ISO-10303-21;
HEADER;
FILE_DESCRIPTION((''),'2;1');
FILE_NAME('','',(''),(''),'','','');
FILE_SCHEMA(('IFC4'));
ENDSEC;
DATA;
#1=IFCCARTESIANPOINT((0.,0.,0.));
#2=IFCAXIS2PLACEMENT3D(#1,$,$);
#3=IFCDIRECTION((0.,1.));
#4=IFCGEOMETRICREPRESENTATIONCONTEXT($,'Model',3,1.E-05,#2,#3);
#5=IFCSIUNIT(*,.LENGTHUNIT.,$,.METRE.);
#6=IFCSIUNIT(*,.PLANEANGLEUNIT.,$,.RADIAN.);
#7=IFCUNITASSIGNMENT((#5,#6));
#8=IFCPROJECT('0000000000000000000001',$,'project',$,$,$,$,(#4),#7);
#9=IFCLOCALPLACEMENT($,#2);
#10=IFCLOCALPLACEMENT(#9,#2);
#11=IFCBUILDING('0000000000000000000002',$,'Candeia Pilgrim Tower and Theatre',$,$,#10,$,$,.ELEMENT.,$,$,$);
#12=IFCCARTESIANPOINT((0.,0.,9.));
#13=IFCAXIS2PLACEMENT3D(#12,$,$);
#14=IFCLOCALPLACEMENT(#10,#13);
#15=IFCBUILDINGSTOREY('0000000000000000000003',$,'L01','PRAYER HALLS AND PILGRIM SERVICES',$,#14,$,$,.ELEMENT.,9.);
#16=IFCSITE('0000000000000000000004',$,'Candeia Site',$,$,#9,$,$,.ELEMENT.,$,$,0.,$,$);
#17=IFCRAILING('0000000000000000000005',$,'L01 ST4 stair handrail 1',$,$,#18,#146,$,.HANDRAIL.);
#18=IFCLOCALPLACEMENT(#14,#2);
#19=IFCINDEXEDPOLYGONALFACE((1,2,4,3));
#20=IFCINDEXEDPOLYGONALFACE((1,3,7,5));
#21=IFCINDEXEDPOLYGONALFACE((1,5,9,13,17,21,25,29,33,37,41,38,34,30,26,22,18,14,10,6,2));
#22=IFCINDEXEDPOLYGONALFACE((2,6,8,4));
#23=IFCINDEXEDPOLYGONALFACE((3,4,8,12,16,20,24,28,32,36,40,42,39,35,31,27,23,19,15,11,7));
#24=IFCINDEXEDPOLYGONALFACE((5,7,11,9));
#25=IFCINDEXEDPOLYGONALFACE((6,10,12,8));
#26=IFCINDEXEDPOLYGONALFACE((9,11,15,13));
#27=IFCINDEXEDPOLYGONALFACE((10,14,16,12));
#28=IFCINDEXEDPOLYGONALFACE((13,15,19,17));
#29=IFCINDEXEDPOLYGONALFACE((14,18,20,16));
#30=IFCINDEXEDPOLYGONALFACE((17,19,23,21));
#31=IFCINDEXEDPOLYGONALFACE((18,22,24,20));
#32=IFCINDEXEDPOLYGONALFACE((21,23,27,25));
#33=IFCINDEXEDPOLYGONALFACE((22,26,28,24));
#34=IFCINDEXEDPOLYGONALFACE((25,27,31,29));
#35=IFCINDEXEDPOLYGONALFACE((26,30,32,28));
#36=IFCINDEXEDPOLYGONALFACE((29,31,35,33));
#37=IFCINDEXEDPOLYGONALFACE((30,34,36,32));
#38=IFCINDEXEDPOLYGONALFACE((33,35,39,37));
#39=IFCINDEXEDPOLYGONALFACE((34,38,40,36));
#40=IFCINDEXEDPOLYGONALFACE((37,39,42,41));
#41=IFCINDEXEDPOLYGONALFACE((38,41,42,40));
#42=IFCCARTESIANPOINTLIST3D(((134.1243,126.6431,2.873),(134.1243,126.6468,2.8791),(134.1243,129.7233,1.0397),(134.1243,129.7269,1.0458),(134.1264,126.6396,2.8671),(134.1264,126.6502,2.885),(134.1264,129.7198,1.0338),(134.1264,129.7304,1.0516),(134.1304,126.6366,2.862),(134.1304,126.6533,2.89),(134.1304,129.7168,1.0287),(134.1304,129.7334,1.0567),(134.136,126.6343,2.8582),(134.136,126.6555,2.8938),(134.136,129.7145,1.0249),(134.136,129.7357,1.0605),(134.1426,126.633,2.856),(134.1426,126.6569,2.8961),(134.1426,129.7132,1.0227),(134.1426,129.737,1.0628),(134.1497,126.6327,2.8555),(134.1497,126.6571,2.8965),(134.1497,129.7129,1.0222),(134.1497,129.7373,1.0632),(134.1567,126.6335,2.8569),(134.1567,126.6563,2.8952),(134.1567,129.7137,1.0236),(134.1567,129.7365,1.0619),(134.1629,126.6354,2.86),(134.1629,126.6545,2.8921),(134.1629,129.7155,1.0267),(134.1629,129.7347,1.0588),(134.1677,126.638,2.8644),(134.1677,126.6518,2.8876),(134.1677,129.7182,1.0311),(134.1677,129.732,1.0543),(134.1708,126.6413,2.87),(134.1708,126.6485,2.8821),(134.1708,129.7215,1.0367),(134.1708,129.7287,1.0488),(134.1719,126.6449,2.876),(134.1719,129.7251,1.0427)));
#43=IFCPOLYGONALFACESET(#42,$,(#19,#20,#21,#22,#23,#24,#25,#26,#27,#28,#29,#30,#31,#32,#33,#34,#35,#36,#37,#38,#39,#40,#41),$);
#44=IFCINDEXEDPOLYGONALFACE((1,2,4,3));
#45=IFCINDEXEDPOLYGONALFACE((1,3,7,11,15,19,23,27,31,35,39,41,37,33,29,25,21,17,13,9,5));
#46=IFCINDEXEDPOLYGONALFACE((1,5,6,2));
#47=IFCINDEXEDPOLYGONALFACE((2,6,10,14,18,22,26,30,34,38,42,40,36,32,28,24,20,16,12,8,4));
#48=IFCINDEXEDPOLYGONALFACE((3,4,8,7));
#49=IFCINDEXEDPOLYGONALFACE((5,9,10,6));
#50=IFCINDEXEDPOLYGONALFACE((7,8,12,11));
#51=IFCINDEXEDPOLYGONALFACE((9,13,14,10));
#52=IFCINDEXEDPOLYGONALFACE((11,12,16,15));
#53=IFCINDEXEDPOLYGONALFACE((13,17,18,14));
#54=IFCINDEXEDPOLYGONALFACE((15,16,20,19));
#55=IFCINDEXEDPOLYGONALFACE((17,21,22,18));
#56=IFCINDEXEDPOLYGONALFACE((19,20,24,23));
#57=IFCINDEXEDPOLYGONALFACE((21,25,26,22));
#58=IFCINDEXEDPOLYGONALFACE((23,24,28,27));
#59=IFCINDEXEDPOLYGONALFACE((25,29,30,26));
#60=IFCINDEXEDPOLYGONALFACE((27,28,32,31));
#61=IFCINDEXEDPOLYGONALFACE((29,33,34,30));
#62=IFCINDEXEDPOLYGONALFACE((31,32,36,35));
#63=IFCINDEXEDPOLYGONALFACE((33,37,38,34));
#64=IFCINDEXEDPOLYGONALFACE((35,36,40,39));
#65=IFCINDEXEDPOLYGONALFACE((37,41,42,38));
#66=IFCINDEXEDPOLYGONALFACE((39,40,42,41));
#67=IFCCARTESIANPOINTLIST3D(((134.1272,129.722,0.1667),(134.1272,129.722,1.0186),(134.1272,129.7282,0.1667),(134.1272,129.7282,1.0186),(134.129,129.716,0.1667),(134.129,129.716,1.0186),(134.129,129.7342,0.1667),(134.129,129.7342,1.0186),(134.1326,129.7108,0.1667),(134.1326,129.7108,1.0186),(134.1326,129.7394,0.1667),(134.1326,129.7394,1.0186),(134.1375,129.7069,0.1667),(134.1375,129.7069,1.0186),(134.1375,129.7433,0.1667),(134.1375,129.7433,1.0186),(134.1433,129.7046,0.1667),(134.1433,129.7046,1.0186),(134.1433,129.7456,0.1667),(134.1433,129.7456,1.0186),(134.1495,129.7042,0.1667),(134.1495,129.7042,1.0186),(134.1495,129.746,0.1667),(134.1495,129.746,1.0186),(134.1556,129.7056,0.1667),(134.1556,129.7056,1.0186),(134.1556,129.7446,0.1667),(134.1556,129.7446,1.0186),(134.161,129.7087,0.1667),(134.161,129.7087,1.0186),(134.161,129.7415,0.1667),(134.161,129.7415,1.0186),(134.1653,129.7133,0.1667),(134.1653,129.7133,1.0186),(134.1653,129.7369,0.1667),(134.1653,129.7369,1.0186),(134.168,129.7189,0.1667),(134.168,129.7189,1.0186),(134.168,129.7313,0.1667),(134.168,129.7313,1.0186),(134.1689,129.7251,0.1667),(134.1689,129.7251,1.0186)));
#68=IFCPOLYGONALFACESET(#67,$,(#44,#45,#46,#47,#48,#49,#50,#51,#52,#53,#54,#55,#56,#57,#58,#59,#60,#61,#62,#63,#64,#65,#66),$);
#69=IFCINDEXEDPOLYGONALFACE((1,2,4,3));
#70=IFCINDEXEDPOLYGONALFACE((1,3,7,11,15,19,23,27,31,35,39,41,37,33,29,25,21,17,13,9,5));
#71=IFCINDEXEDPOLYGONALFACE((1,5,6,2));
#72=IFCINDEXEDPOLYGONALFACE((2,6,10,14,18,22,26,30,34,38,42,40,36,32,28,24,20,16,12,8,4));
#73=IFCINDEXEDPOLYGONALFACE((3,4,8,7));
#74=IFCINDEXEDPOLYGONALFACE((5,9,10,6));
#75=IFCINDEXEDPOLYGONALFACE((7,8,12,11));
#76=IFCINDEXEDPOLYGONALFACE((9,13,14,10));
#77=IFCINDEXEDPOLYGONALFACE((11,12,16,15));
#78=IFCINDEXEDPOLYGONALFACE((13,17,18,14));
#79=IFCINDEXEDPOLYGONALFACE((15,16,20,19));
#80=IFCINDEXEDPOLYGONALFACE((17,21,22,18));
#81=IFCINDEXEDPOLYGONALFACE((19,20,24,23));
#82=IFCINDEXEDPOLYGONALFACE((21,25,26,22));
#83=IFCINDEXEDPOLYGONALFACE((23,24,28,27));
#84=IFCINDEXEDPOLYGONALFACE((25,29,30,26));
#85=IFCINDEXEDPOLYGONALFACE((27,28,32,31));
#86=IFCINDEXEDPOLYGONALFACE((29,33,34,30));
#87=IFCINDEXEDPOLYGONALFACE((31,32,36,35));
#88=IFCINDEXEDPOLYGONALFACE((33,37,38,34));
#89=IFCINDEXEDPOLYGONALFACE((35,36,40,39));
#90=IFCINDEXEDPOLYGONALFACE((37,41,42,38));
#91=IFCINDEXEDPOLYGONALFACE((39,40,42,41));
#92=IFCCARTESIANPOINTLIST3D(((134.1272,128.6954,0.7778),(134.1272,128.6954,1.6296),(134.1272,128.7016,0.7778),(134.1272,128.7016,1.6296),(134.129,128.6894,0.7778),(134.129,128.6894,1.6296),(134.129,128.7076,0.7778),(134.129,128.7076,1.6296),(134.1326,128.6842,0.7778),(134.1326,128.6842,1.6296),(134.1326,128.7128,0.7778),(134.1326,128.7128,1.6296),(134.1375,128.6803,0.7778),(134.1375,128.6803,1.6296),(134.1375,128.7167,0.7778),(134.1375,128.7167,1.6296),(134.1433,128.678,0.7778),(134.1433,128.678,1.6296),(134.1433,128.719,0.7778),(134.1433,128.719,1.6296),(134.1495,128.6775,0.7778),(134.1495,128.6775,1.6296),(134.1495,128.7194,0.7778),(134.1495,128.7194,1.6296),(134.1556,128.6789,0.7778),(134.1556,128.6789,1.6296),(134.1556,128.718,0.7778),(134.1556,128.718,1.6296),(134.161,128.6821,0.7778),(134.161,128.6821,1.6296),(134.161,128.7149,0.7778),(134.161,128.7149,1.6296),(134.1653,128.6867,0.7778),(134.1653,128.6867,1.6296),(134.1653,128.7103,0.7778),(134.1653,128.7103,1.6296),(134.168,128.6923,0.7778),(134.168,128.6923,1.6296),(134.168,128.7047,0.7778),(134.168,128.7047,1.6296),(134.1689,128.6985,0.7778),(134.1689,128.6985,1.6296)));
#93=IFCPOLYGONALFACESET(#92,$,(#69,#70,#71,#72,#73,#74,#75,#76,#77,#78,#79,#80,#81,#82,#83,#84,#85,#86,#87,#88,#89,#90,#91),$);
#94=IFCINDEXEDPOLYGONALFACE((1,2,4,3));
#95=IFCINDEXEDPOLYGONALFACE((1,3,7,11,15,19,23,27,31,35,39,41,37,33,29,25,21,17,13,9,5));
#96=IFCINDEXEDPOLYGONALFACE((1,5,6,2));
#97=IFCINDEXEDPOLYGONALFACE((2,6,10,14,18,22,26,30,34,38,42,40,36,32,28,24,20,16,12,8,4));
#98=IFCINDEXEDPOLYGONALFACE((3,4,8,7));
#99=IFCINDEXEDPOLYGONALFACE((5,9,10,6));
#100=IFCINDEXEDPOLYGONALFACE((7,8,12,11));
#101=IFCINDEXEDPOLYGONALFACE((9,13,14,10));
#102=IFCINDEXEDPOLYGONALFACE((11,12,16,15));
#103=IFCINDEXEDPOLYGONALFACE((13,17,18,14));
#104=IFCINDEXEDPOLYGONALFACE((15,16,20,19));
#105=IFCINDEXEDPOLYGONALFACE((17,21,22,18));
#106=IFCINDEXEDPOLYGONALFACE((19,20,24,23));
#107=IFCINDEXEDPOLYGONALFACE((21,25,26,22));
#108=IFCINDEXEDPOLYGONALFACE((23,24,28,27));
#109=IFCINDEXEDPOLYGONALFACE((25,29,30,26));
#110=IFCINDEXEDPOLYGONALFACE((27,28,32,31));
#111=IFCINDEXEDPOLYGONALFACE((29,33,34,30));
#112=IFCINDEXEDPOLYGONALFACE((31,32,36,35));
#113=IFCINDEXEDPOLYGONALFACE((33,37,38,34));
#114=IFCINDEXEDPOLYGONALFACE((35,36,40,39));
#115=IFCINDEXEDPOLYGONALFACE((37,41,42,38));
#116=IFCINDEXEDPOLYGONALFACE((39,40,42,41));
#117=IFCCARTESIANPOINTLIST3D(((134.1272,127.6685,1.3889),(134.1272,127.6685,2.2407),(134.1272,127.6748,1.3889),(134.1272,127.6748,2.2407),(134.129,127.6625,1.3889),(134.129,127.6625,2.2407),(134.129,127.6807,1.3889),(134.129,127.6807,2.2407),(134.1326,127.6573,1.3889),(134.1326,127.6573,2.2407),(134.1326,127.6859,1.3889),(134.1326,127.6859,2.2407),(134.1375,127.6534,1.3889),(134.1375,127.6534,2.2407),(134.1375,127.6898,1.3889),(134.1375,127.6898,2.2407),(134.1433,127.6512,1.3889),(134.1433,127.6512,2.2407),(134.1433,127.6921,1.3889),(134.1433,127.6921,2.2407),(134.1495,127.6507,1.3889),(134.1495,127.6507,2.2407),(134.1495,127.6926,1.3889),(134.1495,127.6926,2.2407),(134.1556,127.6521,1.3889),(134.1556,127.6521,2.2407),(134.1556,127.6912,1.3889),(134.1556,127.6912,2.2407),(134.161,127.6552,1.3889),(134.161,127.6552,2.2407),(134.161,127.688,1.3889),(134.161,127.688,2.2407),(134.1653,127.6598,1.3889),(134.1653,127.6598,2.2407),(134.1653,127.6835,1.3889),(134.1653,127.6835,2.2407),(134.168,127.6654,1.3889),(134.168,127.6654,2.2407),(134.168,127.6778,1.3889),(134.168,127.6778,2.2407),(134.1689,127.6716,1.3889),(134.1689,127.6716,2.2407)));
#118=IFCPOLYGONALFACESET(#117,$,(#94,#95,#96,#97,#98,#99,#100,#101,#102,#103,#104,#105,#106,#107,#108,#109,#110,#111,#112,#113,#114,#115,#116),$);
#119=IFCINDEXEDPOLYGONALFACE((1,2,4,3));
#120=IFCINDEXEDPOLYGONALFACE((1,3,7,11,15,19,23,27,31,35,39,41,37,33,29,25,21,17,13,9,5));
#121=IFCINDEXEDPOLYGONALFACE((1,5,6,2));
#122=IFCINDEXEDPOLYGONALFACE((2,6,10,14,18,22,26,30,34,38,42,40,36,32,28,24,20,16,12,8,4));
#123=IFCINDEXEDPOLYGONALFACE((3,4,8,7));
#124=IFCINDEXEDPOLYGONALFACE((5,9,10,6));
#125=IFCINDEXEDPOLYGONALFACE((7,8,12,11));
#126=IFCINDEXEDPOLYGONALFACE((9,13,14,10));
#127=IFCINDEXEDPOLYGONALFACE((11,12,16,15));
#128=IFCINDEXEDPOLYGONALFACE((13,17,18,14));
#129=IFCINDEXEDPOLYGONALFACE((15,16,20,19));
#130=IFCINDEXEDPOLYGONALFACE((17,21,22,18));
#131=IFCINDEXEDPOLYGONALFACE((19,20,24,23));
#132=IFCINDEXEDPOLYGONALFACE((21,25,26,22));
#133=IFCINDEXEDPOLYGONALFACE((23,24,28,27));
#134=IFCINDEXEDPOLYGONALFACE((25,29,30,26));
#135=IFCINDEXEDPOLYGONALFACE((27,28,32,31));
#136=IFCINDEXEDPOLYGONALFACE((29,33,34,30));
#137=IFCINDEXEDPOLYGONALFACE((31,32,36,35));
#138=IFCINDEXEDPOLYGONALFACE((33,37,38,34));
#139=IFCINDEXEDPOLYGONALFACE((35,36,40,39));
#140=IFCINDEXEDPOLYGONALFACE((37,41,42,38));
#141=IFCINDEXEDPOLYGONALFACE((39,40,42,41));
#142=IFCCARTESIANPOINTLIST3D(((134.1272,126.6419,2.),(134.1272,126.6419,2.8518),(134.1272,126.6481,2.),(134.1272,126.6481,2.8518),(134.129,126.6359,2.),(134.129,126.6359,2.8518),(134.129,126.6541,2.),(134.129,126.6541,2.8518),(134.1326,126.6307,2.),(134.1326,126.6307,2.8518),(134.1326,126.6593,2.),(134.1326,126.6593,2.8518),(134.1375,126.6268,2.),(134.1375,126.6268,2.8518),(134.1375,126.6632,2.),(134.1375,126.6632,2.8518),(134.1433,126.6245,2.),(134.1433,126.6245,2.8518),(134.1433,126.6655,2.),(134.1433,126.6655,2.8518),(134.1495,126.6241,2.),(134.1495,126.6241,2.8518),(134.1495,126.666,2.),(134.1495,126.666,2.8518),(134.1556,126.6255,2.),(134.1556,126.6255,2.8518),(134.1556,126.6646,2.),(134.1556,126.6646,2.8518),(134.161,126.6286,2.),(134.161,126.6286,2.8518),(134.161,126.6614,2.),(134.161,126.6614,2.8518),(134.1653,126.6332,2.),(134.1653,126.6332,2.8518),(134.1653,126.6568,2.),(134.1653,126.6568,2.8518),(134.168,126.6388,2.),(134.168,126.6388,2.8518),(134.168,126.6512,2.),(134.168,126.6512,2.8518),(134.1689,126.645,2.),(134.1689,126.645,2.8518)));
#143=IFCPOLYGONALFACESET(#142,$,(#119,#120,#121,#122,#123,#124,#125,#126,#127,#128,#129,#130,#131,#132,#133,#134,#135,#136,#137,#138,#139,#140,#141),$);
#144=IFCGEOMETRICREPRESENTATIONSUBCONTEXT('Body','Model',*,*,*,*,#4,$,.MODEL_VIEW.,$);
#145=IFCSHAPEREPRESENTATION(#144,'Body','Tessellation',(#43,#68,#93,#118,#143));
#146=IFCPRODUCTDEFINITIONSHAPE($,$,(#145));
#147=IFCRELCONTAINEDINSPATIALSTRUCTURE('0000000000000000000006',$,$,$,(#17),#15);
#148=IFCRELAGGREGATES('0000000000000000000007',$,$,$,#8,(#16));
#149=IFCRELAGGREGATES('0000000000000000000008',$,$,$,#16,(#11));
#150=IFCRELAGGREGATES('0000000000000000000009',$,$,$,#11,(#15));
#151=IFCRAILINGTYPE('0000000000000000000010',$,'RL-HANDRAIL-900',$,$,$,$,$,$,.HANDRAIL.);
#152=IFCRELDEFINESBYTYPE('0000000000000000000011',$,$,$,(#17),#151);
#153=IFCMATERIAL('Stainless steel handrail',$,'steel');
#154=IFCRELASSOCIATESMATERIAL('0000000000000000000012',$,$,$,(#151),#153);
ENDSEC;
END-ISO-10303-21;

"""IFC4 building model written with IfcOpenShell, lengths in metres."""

from ifc_helpers import new_model, si_unit, direction, frame, origin, origin_2d, place, context, subcontext, project, spatial, circle, extrude, material, type_object, element, save


model = new_model("IFC4")

# Units and contexts
model_context = context("Model", 3, precision=1e-05, world=origin(), true_north=direction((0.0, 1.0)))
body_context = subcontext(model_context, "Body", "Model", "MODEL_VIEW")
ifc_project = project(units=[si_unit("LENGTHUNIT", "METRE"), si_unit("PLANEANGLEUNIT", "RADIAN")], contexts=[model_context])

# Site, building, storey
site_placement = place(None, origin())
site = spatial("IfcSite", under=ifc_project, at=site_placement, Name="Candeia Site", CompositionType="ELEMENT", RefElevation=0.0)
building_placement = place(site_placement, origin())
building = spatial("IfcBuilding", under=site, at=building_placement, Name="Candeia Pilgrim Tower and Theatre", CompositionType="ELEMENT")
storey_placement = place(building_placement, frame((0.0, 0.0, 9.0)))
storey = spatial("IfcBuildingStorey", under=building, at=storey_placement, Name="L01", Description="PRAYER HALLS AND PILGRIM SERVICES", CompositionType="ELEMENT", Elevation=9.0)

# Railing
ifc_material_1 = material(Name="Stainless steel handrail", Category="steel")
railing_type_1 = type_object("IfcRailingType", Name="RL-HANDRAIL-900", PredefinedType="HANDRAIL", material=ifc_material_1)
railing_1_placement = place(storey_placement, frame((134.1479, 129.7251, 0.1667)))
element("IfcRailing", 1, at=railing_1_placement, inside=storey, type_object=railing_type_1, Name="L01 ST4 stair handrail 1", PredefinedType="HANDRAIL", context=body_context, shape_type="SweptSolid", body=[
    extrude(circle(Radius=0.0239, at=origin_2d()), frame((0.0, 0.0, 0.876), z_axis=(0.0, -0.859309, 0.511458), x_axis=(1.0, 0.0, 0.0)), (0.0, 0.0, 1.0), 3.5845),
    extrude(circle(Radius=0.021, at=origin_2d()), origin(), (0.0, 0.0, 1.0), 0.8518),
    extrude(circle(Radius=0.021, at=origin_2d()), frame((0.0, -1.0266, 0.6111)), (0.0, 0.0, 1.0), 0.8518),
    extrude(circle(Radius=0.021, at=origin_2d()), frame((0.0, -2.0535, 1.2222)), (0.0, 0.0, 1.0), 0.8518),
    extrude(circle(Radius=0.021, at=origin_2d()), frame((0.0, -3.0801, 1.8333)), (0.0, 0.0, 1.0), 0.8518),
])

save(model, "model.ifc")
